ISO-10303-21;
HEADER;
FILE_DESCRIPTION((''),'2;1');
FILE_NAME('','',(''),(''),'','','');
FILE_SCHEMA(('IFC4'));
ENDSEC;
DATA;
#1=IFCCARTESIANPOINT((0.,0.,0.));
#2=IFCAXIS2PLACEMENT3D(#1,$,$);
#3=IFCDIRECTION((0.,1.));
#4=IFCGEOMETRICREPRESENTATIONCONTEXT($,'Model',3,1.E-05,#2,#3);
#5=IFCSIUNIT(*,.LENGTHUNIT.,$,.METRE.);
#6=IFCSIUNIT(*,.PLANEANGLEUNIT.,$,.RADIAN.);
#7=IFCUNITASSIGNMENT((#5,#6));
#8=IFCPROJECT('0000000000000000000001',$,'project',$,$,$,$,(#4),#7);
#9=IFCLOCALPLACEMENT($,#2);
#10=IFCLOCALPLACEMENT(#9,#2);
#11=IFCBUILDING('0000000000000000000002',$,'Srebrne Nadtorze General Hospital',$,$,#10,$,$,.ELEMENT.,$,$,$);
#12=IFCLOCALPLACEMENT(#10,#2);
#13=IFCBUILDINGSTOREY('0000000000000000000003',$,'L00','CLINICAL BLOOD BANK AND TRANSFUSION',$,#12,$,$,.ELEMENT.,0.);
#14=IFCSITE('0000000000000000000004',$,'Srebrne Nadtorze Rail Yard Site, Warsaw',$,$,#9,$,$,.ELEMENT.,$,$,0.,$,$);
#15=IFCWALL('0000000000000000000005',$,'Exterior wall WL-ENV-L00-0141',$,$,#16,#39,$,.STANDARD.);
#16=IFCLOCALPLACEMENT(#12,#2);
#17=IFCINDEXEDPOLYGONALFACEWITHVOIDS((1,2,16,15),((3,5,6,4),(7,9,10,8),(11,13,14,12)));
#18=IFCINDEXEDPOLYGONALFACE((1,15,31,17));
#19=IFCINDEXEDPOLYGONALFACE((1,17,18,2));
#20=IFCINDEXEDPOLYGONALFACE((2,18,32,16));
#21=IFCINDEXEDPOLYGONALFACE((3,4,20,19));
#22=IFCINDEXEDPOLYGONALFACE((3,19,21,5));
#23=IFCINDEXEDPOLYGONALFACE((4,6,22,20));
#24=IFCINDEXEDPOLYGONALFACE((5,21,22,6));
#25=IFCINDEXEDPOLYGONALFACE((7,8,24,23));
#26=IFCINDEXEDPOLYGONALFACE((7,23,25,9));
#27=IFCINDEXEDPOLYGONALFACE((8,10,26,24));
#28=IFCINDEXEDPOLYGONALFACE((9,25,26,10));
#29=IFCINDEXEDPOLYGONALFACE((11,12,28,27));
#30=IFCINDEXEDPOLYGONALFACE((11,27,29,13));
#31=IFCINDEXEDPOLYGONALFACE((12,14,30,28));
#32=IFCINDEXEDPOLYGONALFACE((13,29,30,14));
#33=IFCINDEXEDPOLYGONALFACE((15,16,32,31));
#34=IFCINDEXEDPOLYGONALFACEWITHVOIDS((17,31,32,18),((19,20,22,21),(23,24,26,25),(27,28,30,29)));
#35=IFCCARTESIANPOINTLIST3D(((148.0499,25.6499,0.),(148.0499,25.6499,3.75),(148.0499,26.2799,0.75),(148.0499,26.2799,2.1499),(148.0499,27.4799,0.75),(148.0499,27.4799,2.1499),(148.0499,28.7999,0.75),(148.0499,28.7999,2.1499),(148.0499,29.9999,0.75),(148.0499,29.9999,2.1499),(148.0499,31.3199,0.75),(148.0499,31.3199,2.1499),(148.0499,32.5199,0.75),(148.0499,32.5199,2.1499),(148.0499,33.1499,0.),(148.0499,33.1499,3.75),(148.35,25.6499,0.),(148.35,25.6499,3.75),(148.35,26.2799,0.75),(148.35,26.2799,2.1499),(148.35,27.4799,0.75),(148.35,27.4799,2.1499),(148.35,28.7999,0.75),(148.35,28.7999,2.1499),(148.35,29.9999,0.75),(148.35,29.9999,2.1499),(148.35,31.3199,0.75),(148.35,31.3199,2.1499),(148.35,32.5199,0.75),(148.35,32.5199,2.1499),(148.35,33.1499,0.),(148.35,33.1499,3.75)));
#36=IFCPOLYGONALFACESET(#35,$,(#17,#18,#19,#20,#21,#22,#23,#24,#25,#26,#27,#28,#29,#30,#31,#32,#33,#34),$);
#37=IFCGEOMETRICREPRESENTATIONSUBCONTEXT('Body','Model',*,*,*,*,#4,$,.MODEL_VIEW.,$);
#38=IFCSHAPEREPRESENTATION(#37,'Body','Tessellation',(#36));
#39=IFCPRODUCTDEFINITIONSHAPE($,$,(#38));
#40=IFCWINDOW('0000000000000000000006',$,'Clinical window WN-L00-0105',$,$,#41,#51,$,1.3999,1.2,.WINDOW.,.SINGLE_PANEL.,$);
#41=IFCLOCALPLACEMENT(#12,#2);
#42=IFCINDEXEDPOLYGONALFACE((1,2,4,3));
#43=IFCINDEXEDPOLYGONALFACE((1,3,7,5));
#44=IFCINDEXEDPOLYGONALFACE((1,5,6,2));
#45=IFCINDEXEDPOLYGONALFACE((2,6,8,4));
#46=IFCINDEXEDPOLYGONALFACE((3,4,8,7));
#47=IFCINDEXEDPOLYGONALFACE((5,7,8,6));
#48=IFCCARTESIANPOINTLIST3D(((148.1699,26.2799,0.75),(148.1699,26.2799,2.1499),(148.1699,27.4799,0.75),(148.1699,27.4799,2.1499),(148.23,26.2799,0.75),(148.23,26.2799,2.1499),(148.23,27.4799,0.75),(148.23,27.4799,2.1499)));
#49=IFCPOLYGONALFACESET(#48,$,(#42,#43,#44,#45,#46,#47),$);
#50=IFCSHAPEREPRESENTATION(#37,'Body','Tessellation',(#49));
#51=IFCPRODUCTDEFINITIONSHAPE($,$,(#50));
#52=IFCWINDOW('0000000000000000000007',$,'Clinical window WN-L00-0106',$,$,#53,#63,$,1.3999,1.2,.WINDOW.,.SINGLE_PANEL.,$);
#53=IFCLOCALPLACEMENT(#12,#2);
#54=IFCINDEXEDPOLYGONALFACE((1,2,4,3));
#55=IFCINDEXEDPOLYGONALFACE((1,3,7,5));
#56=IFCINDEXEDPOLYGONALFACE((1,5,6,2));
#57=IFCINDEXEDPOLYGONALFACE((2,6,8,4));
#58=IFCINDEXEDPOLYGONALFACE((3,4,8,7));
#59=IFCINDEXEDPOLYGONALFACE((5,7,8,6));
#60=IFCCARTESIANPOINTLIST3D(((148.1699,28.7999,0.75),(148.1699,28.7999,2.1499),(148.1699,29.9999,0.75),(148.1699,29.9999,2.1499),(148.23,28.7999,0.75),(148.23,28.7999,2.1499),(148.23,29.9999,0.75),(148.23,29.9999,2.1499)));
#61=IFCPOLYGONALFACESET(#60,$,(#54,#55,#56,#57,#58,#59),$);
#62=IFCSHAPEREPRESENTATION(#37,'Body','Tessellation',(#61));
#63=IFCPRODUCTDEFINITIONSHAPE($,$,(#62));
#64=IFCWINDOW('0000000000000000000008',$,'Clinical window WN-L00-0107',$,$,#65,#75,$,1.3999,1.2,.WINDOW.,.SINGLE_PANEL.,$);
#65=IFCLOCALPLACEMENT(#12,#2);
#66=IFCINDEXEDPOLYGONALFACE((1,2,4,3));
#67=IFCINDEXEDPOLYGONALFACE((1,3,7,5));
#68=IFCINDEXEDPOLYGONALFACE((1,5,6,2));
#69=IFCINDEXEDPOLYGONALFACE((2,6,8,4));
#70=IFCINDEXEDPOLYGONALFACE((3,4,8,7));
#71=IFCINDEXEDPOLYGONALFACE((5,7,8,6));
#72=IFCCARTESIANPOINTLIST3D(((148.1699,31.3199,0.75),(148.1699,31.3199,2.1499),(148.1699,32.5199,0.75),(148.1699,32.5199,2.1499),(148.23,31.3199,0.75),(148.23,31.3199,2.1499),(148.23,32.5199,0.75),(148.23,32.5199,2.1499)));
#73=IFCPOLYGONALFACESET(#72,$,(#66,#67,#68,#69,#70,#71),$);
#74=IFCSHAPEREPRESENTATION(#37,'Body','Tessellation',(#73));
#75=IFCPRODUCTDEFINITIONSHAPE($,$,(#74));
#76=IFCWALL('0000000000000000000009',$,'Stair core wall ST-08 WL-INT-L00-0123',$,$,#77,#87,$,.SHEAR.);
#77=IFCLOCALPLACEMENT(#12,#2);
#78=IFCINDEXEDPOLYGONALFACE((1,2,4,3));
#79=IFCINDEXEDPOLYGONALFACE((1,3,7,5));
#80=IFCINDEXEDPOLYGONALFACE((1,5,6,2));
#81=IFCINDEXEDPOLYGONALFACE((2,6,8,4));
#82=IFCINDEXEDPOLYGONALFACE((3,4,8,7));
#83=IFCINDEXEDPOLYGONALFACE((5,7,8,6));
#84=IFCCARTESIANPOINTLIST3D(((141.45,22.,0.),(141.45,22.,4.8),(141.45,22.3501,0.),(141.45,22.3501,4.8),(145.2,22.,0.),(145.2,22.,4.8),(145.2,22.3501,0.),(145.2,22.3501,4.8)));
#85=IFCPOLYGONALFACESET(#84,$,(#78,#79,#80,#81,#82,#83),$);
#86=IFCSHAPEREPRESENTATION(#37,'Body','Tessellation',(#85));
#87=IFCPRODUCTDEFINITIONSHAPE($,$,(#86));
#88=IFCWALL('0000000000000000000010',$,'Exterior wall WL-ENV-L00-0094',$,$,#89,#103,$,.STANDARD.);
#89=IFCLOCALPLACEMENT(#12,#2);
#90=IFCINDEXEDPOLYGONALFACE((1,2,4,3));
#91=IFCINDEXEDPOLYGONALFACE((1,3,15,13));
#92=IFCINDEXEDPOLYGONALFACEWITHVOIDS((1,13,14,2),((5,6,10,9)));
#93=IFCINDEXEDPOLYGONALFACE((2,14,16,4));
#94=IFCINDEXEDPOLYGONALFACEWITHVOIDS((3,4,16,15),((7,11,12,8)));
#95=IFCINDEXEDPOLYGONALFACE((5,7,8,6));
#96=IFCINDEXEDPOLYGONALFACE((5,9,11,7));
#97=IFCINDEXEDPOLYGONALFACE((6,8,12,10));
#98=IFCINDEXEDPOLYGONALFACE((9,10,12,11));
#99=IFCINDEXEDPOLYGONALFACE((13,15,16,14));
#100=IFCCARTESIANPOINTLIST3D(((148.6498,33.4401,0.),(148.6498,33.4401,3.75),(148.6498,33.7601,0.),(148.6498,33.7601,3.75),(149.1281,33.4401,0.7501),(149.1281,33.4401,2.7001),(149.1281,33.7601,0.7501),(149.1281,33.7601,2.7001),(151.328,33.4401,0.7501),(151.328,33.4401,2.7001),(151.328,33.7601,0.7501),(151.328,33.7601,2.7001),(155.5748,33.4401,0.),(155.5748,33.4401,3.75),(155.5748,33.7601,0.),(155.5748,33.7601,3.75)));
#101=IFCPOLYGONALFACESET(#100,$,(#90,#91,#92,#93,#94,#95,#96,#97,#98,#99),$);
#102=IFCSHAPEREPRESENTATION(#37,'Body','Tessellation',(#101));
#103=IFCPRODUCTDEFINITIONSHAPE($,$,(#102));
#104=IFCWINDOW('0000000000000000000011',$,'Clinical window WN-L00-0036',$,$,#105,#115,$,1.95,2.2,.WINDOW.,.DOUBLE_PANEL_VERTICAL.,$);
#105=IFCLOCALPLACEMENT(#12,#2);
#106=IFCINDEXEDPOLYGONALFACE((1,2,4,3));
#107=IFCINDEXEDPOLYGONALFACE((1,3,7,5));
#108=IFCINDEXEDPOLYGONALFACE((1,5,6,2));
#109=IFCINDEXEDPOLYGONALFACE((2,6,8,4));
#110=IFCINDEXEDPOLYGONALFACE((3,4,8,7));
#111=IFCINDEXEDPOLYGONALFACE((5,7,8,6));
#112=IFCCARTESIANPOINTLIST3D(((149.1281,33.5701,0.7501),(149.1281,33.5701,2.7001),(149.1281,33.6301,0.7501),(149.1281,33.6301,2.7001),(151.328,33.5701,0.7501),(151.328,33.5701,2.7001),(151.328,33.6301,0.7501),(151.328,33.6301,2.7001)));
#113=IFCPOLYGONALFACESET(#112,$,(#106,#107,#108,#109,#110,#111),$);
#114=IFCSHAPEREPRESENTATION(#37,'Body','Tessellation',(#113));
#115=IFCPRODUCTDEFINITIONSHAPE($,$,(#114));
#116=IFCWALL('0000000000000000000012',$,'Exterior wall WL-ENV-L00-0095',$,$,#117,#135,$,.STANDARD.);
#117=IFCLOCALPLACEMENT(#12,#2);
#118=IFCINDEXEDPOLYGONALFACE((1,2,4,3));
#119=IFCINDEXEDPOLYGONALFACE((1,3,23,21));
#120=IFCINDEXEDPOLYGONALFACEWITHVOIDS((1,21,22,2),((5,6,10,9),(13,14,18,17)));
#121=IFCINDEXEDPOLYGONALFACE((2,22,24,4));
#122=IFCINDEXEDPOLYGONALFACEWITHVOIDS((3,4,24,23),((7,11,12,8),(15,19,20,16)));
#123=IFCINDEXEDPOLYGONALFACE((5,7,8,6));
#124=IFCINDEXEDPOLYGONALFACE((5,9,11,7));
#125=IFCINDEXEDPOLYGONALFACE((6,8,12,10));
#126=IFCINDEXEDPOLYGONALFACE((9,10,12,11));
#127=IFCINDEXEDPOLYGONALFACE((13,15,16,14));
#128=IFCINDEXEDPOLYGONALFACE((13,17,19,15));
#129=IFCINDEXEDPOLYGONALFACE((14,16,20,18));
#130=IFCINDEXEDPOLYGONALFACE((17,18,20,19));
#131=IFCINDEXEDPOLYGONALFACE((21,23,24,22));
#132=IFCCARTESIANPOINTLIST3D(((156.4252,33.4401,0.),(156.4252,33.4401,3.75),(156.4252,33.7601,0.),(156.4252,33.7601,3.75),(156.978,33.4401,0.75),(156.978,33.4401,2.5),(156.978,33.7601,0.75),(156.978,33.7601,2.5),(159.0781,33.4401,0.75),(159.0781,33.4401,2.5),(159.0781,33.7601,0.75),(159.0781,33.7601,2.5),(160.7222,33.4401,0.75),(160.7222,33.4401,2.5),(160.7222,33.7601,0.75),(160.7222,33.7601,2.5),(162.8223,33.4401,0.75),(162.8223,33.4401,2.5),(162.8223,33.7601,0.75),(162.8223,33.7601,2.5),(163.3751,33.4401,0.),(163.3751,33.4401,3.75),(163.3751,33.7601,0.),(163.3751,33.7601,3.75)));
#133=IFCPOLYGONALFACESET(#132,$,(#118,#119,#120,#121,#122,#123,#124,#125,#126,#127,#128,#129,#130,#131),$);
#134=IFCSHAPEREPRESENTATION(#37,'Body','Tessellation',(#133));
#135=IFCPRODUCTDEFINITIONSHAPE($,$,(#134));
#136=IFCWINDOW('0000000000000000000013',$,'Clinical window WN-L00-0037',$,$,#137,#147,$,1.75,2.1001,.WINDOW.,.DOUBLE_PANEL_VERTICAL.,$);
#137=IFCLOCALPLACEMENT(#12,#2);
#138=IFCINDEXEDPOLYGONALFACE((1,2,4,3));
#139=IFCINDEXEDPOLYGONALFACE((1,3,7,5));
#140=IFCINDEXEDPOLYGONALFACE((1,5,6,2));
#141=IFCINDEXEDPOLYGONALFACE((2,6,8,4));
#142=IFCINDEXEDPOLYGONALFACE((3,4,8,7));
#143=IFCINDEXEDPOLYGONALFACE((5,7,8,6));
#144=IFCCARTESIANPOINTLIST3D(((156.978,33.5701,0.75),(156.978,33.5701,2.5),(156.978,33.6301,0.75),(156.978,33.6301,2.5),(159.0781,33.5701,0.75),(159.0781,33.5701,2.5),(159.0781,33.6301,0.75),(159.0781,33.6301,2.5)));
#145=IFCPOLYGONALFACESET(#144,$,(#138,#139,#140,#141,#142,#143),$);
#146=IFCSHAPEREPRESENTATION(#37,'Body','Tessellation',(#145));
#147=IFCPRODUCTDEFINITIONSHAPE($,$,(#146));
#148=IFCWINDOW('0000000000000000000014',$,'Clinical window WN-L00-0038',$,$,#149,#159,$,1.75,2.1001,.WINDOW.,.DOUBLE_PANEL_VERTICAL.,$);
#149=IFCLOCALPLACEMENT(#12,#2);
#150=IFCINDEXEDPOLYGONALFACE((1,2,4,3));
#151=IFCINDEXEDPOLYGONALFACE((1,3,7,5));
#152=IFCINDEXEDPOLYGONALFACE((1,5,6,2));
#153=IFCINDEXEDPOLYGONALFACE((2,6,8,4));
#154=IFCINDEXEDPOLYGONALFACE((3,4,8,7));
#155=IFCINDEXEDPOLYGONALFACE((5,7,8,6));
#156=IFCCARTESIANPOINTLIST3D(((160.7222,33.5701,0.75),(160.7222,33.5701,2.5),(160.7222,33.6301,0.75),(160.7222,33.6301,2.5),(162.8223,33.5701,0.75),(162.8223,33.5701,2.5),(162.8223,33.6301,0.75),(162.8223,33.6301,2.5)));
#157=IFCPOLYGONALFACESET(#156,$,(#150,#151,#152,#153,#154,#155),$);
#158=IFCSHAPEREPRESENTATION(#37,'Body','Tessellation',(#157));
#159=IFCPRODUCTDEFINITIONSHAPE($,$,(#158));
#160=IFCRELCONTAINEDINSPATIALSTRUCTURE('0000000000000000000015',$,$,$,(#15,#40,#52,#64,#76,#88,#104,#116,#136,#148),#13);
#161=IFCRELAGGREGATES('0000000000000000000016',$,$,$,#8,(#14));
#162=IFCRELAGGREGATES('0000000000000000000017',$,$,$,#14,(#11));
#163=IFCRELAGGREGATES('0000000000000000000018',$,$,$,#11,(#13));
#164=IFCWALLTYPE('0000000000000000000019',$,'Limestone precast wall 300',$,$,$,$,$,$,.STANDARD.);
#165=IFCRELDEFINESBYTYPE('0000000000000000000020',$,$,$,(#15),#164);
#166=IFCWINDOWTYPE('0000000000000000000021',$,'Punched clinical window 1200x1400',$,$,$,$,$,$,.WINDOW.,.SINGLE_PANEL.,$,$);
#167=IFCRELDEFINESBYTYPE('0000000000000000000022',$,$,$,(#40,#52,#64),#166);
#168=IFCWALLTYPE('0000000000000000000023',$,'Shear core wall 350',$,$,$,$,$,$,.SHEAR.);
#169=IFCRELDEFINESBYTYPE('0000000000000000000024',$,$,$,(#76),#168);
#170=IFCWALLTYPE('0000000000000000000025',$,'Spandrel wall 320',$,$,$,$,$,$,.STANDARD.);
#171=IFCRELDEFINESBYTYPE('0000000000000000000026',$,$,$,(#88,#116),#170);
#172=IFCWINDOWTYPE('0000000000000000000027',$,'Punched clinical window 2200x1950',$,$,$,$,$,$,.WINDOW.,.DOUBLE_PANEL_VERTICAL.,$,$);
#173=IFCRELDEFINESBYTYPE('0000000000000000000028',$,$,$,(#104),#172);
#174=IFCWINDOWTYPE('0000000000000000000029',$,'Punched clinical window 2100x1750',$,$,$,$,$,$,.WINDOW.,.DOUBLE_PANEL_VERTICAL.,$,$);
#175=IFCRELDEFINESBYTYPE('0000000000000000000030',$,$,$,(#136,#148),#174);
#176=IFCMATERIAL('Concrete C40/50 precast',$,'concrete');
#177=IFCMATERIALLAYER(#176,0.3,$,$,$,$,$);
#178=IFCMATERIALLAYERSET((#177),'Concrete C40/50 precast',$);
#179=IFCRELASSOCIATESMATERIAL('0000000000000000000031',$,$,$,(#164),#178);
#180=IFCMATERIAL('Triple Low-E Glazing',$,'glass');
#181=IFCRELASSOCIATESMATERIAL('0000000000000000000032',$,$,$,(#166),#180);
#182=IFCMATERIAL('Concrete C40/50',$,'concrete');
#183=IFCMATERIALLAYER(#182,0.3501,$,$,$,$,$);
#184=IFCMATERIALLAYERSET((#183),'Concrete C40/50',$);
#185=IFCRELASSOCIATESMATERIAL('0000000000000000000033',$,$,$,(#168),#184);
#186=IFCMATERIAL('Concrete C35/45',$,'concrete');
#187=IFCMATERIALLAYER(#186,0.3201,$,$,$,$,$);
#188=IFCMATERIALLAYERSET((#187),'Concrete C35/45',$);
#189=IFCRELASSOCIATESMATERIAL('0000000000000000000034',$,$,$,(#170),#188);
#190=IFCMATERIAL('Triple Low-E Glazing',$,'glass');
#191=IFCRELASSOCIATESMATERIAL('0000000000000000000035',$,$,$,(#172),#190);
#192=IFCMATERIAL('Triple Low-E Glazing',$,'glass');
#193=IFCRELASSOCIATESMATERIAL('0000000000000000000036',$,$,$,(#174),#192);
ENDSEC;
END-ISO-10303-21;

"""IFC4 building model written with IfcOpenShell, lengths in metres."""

from ifc_helpers import new_model, si_unit, direction, frame, frame_2d, origin, place, context, subcontext, project, spatial, rectangle, extrude, material, layer, layer_set, type_object, element, fill, save


model = new_model("IFC4")

# Units and contexts
model_context = context("Model", 3, precision=1e-05, world=origin(), true_north=direction((0.0, 1.0)))
body_context = subcontext(model_context, "Body", "Model", "MODEL_VIEW")
ifc_project = project(units=[si_unit("LENGTHUNIT", "METRE"), si_unit("PLANEANGLEUNIT", "RADIAN")], contexts=[model_context])

# Site, building, storey
site_placement = place(None, origin())
site = spatial("IfcSite", under=ifc_project, at=site_placement, Name="Srebrne Nadtorze Rail Yard Site, Warsaw", CompositionType="ELEMENT", RefElevation=0.0)
building_placement = place(site_placement, origin())
building = spatial("IfcBuilding", under=site, at=building_placement, Name="Srebrne Nadtorze General Hospital", CompositionType="ELEMENT")
storey_placement = place(building_placement, origin())
storey = spatial("IfcBuildingStorey", under=building, at=storey_placement, Name="L00", Description="CLINICAL BLOOD BANK AND TRANSFUSION", CompositionType="ELEMENT", Elevation=0.0)

# Wall, openings, windows
ifc_material_1 = material(Name="Concrete C40/50 precast", Category="concrete")
ifc_layer_1 = layer(ifc_material_1, 0.3)
ifc_layer_set_1 = layer_set([ifc_layer_1], Name="Concrete C40/50 precast")
wall_type_1 = type_object("IfcWallType", Name="Limestone precast wall 300", PredefinedType="STANDARD", material=ifc_layer_set_1)
wall_1_placement = place(storey_placement, frame((148.2, 25.6499, 0.0), z_axis=(0.0, 0.0, 1.0), x_axis=(0.0, 1.0, 0.0)))
wall_1 = element("IfcWall", 1, at=wall_1_placement, inside=storey, type_object=wall_type_1, Name="Exterior wall WL-ENV-L00-0141", PredefinedType="STANDARD", context=body_context, shape_type="SweptSolid", body=[
    extrude(rectangle(XDim=7.5, YDim=0.3, at=frame_2d((3.75, 0.0))), origin(), (0.0, 0.0, 1.0), 3.75),
])
opening_1_placement = place(wall_1_placement, frame((0.6299, 0.0, 0.75)))
opening_1 = element("IfcOpeningElement", 2, at=opening_1_placement, cuts=wall_1, PredefinedType="OPENING", context=body_context, shape_type="SweptSolid", body=[
    extrude(rectangle(XDim=1.2, YDim=1.3999, at=frame_2d((0.6001, 0.7))), frame((0.0, 0.1621, 0.0), z_axis=(0.0, -1.0, 0.0), x_axis=(1.0, 0.0, 0.0)), (0.0, 0.0, 1.0), 0.324),
])
opening_2_placement = place(wall_1_placement, frame((3.1499, 0.0, 0.75)))
opening_2 = element("IfcOpeningElement", 3, at=opening_2_placement, cuts=wall_1, PredefinedType="OPENING", context=body_context, shape_type="SweptSolid", body=[
    extrude(rectangle(XDim=1.2, YDim=1.3999, at=frame_2d((0.6001, 0.7))), frame((0.0, 0.1621, 0.0), z_axis=(0.0, -1.0, 0.0), x_axis=(1.0, 0.0, 0.0)), (0.0, 0.0, 1.0), 0.324),
])
opening_3_placement = place(wall_1_placement, frame((5.6699, 0.0, 0.75)))
opening_3 = element("IfcOpeningElement", 4, at=opening_3_placement, cuts=wall_1, PredefinedType="OPENING", context=body_context, shape_type="SweptSolid", body=[
    extrude(rectangle(XDim=1.2, YDim=1.3999, at=frame_2d((0.6001, 0.7))), frame((0.0, 0.1621, 0.0), z_axis=(0.0, -1.0, 0.0), x_axis=(1.0, 0.0, 0.0)), (0.0, 0.0, 1.0), 0.324),
])
ifc_material_2 = material(Name="Triple Low-E Glazing", Category="glass")
window_type_1 = type_object("IfcWindowType", Name="Punched clinical window 1200x1400", PartitioningType="SINGLE_PANEL", PredefinedType="WINDOW", material=ifc_material_2)
window_1_placement = place(opening_1_placement, origin())
window_1 = element("IfcWindow", 5, at=window_1_placement, inside=storey, type_object=window_type_1, Name="Clinical window WN-L00-0105", OverallHeight=1.3999, OverallWidth=1.2, PartitioningType="SINGLE_PANEL", PredefinedType="WINDOW", context=body_context, shape_type="SweptSolid", body=[
    extrude(rectangle(XDim=1.2, YDim=1.3999, at=frame_2d((0.6001, 0.7))), frame((0.0, 0.03, 0.0), z_axis=(0.0, -1.0, 0.0), x_axis=(1.0, 0.0, 0.0)), (0.0, 0.0, 1.0), 0.0601),
])
fill(opening_1, window_1)
window_2_placement = place(opening_2_placement, origin())
window_2 = element("IfcWindow", 6, at=window_2_placement, inside=storey, type_object=window_type_1, Name="Clinical window WN-L00-0106", OverallHeight=1.3999, OverallWidth=1.2, PartitioningType="SINGLE_PANEL", PredefinedType="WINDOW", context=body_context, shape_type="SweptSolid", body=[
    extrude(rectangle(XDim=1.2, YDim=1.3999, at=frame_2d((0.6001, 0.7))), frame((0.0, 0.03, 0.0), z_axis=(0.0, -1.0, 0.0), x_axis=(1.0, 0.0, 0.0)), (0.0, 0.0, 1.0), 0.0601),
])
fill(opening_2, window_2)
window_3_placement = place(opening_3_placement, origin())
window_3 = element("IfcWindow", 7, at=window_3_placement, inside=storey, type_object=window_type_1, Name="Clinical window WN-L00-0107", OverallHeight=1.3999, OverallWidth=1.2, PartitioningType="SINGLE_PANEL", PredefinedType="WINDOW", context=body_context, shape_type="SweptSolid", body=[
    extrude(rectangle(XDim=1.2, YDim=1.3999, at=frame_2d((0.6001, 0.7))), frame((0.0, 0.03, 0.0), z_axis=(0.0, -1.0, 0.0), x_axis=(1.0, 0.0, 0.0)), (0.0, 0.0, 1.0), 0.0601),
])
fill(opening_3, window_3)

# Wall
ifc_material_3 = material(Name="Concrete C40/50", Category="concrete")
ifc_layer_2 = layer(ifc_material_3, 0.3501)
ifc_layer_set_2 = layer_set([ifc_layer_2], Name="Concrete C40/50")
wall_type_2 = type_object("IfcWallType", Name="Shear core wall 350", PredefinedType="SHEAR", material=ifc_layer_set_2)
wall_2_placement = place(storey_placement, frame((141.45, 22.175, 0.0), z_axis=(0.0, 0.0, 1.0), x_axis=(1.0, 0.0, 0.0)))
element("IfcWall", 8, at=wall_2_placement, inside=storey, type_object=wall_type_2, Name="Stair core wall ST-08 WL-INT-L00-0123", PredefinedType="SHEAR", context=body_context, shape_type="SweptSolid", body=[
    extrude(rectangle(XDim=3.75, YDim=0.3501, at=frame_2d((1.875, 0.0))), origin(), (0.0, 0.0, 1.0), 4.8),
])

# Wall, opening, window
ifc_material_4 = material(Name="Concrete C35/45", Category="concrete")
ifc_layer_3 = layer(ifc_material_4, 0.3201)
ifc_layer_set_3 = layer_set([ifc_layer_3], Name="Concrete C35/45")
wall_type_3 = type_object("IfcWallType", Name="Spandrel wall 320", PredefinedType="STANDARD", material=ifc_layer_set_3)
wall_3_placement = place(storey_placement, frame((148.6499, 33.6001, 0.0), z_axis=(0.0, 0.0, 1.0), x_axis=(1.0, 0.0, 0.0)))
wall_3 = element("IfcWall", 9, at=wall_3_placement, inside=storey, type_object=wall_type_3, Name="Exterior wall WL-ENV-L00-0094", PredefinedType="STANDARD", context=body_context, shape_type="SweptSolid", body=[
    extrude(rectangle(XDim=6.925, YDim=0.3201, at=frame_2d((3.4624, 0.0))), origin(), (0.0, 0.0, 1.0), 3.75),
])
opening_4_placement = place(wall_3_placement, frame((0.478, 0.0, 0.75)))
opening_4 = element("IfcOpeningElement", 10, at=opening_4_placement, cuts=wall_3, PredefinedType="OPENING", context=body_context, shape_type="SweptSolid", body=[
    extrude(rectangle(XDim=2.2, YDim=1.95, at=frame_2d((1.1001, 0.9751))), frame((0.0, 0.1719, 0.0), z_axis=(0.0, -1.0, 0.0), x_axis=(1.0, 0.0, 0.0)), (0.0, 0.0, 1.0), 0.344),
])
ifc_material_5 = material(Name="Triple Low-E Glazing", Category="glass")
window_type_2 = type_object("IfcWindowType", Name="Punched clinical window 2200x1950", PartitioningType="DOUBLE_PANEL_VERTICAL", PredefinedType="WINDOW", material=ifc_material_5)
window_4_placement = place(opening_4_placement, origin())
window_4 = element("IfcWindow", 11, at=window_4_placement, inside=storey, type_object=window_type_2, Name="Clinical window WN-L00-0036", OverallHeight=1.95, OverallWidth=2.2, PartitioningType="DOUBLE_PANEL_VERTICAL", PredefinedType="WINDOW", context=body_context, shape_type="SweptSolid", body=[
    extrude(rectangle(XDim=2.2, YDim=1.95, at=frame_2d((1.1001, 0.9751))), frame((0.0, 0.03, 0.0), z_axis=(0.0, -1.0, 0.0), x_axis=(1.0, 0.0, 0.0)), (0.0, 0.0, 1.0), 0.0601),
])
fill(opening_4, window_4)

# Wall, openings, windows
wall_4_placement = place(storey_placement, frame((156.425, 33.6001, 0.0), z_axis=(0.0, 0.0, 1.0), x_axis=(1.0, 0.0, 0.0)))
wall_4 = element("IfcWall", 12, at=wall_4_placement, inside=storey, type_object=wall_type_3, Name="Exterior wall WL-ENV-L00-0095", PredefinedType="STANDARD", context=body_context, shape_type="SweptSolid", body=[
    extrude(rectangle(XDim=6.95, YDim=0.3201, at=frame_2d((3.4751, 0.0))), origin(), (0.0, 0.0, 1.0), 3.75),
])
opening_5_placement = place(wall_4_placement, frame((0.553, 0.0, 0.75)))
opening_5 = element("IfcOpeningElement", 13, at=opening_5_placement, cuts=wall_4, PredefinedType="OPENING", context=body_context, shape_type="SweptSolid", body=[
    extrude(rectangle(XDim=2.1001, YDim=1.75, at=frame_2d((1.05, 0.875))), frame((0.0, 0.1719, 0.0), z_axis=(0.0, -1.0, 0.0), x_axis=(1.0, 0.0, 0.0)), (0.0, 0.0, 1.0), 0.344),
])
opening_6_placement = place(wall_4_placement, frame((4.2971, 0.0, 0.75)))
opening_6 = element("IfcOpeningElement", 14, at=opening_6_placement, cuts=wall_4, PredefinedType="OPENING", context=body_context, shape_type="SweptSolid", body=[
    extrude(rectangle(XDim=2.1001, YDim=1.75, at=frame_2d((1.05, 0.875))), frame((0.0, 0.1719, 0.0), z_axis=(0.0, -1.0, 0.0), x_axis=(1.0, 0.0, 0.0)), (0.0, 0.0, 1.0), 0.344),
])
ifc_material_6 = material(Name="Triple Low-E Glazing", Category="glass")
window_type_3 = type_object("IfcWindowType", Name="Punched clinical window 2100x1750", PartitioningType="DOUBLE_PANEL_VERTICAL", PredefinedType="WINDOW", material=ifc_material_6)
window_5_placement = place(opening_5_placement, origin())
window_5 = element("IfcWindow", 15, at=window_5_placement, inside=storey, type_object=window_type_3, Name="Clinical window WN-L00-0037", OverallHeight=1.75, OverallWidth=2.1001, PartitioningType="DOUBLE_PANEL_VERTICAL", PredefinedType="WINDOW", context=body_context, shape_type="SweptSolid", body=[
    extrude(rectangle(XDim=2.1001, YDim=1.75, at=frame_2d((1.05, 0.875))), frame((0.0, 0.03, 0.0), z_axis=(0.0, -1.0, 0.0), x_axis=(1.0, 0.0, 0.0)), (0.0, 0.0, 1.0), 0.0601),
])
fill(opening_5, window_5)
window_6_placement = place(opening_6_placement, origin())
window_6 = element("IfcWindow", 16, at=window_6_placement, inside=storey, type_object=window_type_3, Name="Clinical window WN-L00-0038", OverallHeight=1.75, OverallWidth=2.1001, PartitioningType="DOUBLE_PANEL_VERTICAL", PredefinedType="WINDOW", context=body_context, shape_type="SweptSolid", body=[
    extrude(rectangle(XDim=2.1001, YDim=1.75, at=frame_2d((1.05, 0.875))), frame((0.0, 0.03, 0.0), z_axis=(0.0, -1.0, 0.0), x_axis=(1.0, 0.0, 0.0)), (0.0, 0.0, 1.0), 0.0601),
])
fill(opening_6, window_6)

save(model, "model.ifc")
